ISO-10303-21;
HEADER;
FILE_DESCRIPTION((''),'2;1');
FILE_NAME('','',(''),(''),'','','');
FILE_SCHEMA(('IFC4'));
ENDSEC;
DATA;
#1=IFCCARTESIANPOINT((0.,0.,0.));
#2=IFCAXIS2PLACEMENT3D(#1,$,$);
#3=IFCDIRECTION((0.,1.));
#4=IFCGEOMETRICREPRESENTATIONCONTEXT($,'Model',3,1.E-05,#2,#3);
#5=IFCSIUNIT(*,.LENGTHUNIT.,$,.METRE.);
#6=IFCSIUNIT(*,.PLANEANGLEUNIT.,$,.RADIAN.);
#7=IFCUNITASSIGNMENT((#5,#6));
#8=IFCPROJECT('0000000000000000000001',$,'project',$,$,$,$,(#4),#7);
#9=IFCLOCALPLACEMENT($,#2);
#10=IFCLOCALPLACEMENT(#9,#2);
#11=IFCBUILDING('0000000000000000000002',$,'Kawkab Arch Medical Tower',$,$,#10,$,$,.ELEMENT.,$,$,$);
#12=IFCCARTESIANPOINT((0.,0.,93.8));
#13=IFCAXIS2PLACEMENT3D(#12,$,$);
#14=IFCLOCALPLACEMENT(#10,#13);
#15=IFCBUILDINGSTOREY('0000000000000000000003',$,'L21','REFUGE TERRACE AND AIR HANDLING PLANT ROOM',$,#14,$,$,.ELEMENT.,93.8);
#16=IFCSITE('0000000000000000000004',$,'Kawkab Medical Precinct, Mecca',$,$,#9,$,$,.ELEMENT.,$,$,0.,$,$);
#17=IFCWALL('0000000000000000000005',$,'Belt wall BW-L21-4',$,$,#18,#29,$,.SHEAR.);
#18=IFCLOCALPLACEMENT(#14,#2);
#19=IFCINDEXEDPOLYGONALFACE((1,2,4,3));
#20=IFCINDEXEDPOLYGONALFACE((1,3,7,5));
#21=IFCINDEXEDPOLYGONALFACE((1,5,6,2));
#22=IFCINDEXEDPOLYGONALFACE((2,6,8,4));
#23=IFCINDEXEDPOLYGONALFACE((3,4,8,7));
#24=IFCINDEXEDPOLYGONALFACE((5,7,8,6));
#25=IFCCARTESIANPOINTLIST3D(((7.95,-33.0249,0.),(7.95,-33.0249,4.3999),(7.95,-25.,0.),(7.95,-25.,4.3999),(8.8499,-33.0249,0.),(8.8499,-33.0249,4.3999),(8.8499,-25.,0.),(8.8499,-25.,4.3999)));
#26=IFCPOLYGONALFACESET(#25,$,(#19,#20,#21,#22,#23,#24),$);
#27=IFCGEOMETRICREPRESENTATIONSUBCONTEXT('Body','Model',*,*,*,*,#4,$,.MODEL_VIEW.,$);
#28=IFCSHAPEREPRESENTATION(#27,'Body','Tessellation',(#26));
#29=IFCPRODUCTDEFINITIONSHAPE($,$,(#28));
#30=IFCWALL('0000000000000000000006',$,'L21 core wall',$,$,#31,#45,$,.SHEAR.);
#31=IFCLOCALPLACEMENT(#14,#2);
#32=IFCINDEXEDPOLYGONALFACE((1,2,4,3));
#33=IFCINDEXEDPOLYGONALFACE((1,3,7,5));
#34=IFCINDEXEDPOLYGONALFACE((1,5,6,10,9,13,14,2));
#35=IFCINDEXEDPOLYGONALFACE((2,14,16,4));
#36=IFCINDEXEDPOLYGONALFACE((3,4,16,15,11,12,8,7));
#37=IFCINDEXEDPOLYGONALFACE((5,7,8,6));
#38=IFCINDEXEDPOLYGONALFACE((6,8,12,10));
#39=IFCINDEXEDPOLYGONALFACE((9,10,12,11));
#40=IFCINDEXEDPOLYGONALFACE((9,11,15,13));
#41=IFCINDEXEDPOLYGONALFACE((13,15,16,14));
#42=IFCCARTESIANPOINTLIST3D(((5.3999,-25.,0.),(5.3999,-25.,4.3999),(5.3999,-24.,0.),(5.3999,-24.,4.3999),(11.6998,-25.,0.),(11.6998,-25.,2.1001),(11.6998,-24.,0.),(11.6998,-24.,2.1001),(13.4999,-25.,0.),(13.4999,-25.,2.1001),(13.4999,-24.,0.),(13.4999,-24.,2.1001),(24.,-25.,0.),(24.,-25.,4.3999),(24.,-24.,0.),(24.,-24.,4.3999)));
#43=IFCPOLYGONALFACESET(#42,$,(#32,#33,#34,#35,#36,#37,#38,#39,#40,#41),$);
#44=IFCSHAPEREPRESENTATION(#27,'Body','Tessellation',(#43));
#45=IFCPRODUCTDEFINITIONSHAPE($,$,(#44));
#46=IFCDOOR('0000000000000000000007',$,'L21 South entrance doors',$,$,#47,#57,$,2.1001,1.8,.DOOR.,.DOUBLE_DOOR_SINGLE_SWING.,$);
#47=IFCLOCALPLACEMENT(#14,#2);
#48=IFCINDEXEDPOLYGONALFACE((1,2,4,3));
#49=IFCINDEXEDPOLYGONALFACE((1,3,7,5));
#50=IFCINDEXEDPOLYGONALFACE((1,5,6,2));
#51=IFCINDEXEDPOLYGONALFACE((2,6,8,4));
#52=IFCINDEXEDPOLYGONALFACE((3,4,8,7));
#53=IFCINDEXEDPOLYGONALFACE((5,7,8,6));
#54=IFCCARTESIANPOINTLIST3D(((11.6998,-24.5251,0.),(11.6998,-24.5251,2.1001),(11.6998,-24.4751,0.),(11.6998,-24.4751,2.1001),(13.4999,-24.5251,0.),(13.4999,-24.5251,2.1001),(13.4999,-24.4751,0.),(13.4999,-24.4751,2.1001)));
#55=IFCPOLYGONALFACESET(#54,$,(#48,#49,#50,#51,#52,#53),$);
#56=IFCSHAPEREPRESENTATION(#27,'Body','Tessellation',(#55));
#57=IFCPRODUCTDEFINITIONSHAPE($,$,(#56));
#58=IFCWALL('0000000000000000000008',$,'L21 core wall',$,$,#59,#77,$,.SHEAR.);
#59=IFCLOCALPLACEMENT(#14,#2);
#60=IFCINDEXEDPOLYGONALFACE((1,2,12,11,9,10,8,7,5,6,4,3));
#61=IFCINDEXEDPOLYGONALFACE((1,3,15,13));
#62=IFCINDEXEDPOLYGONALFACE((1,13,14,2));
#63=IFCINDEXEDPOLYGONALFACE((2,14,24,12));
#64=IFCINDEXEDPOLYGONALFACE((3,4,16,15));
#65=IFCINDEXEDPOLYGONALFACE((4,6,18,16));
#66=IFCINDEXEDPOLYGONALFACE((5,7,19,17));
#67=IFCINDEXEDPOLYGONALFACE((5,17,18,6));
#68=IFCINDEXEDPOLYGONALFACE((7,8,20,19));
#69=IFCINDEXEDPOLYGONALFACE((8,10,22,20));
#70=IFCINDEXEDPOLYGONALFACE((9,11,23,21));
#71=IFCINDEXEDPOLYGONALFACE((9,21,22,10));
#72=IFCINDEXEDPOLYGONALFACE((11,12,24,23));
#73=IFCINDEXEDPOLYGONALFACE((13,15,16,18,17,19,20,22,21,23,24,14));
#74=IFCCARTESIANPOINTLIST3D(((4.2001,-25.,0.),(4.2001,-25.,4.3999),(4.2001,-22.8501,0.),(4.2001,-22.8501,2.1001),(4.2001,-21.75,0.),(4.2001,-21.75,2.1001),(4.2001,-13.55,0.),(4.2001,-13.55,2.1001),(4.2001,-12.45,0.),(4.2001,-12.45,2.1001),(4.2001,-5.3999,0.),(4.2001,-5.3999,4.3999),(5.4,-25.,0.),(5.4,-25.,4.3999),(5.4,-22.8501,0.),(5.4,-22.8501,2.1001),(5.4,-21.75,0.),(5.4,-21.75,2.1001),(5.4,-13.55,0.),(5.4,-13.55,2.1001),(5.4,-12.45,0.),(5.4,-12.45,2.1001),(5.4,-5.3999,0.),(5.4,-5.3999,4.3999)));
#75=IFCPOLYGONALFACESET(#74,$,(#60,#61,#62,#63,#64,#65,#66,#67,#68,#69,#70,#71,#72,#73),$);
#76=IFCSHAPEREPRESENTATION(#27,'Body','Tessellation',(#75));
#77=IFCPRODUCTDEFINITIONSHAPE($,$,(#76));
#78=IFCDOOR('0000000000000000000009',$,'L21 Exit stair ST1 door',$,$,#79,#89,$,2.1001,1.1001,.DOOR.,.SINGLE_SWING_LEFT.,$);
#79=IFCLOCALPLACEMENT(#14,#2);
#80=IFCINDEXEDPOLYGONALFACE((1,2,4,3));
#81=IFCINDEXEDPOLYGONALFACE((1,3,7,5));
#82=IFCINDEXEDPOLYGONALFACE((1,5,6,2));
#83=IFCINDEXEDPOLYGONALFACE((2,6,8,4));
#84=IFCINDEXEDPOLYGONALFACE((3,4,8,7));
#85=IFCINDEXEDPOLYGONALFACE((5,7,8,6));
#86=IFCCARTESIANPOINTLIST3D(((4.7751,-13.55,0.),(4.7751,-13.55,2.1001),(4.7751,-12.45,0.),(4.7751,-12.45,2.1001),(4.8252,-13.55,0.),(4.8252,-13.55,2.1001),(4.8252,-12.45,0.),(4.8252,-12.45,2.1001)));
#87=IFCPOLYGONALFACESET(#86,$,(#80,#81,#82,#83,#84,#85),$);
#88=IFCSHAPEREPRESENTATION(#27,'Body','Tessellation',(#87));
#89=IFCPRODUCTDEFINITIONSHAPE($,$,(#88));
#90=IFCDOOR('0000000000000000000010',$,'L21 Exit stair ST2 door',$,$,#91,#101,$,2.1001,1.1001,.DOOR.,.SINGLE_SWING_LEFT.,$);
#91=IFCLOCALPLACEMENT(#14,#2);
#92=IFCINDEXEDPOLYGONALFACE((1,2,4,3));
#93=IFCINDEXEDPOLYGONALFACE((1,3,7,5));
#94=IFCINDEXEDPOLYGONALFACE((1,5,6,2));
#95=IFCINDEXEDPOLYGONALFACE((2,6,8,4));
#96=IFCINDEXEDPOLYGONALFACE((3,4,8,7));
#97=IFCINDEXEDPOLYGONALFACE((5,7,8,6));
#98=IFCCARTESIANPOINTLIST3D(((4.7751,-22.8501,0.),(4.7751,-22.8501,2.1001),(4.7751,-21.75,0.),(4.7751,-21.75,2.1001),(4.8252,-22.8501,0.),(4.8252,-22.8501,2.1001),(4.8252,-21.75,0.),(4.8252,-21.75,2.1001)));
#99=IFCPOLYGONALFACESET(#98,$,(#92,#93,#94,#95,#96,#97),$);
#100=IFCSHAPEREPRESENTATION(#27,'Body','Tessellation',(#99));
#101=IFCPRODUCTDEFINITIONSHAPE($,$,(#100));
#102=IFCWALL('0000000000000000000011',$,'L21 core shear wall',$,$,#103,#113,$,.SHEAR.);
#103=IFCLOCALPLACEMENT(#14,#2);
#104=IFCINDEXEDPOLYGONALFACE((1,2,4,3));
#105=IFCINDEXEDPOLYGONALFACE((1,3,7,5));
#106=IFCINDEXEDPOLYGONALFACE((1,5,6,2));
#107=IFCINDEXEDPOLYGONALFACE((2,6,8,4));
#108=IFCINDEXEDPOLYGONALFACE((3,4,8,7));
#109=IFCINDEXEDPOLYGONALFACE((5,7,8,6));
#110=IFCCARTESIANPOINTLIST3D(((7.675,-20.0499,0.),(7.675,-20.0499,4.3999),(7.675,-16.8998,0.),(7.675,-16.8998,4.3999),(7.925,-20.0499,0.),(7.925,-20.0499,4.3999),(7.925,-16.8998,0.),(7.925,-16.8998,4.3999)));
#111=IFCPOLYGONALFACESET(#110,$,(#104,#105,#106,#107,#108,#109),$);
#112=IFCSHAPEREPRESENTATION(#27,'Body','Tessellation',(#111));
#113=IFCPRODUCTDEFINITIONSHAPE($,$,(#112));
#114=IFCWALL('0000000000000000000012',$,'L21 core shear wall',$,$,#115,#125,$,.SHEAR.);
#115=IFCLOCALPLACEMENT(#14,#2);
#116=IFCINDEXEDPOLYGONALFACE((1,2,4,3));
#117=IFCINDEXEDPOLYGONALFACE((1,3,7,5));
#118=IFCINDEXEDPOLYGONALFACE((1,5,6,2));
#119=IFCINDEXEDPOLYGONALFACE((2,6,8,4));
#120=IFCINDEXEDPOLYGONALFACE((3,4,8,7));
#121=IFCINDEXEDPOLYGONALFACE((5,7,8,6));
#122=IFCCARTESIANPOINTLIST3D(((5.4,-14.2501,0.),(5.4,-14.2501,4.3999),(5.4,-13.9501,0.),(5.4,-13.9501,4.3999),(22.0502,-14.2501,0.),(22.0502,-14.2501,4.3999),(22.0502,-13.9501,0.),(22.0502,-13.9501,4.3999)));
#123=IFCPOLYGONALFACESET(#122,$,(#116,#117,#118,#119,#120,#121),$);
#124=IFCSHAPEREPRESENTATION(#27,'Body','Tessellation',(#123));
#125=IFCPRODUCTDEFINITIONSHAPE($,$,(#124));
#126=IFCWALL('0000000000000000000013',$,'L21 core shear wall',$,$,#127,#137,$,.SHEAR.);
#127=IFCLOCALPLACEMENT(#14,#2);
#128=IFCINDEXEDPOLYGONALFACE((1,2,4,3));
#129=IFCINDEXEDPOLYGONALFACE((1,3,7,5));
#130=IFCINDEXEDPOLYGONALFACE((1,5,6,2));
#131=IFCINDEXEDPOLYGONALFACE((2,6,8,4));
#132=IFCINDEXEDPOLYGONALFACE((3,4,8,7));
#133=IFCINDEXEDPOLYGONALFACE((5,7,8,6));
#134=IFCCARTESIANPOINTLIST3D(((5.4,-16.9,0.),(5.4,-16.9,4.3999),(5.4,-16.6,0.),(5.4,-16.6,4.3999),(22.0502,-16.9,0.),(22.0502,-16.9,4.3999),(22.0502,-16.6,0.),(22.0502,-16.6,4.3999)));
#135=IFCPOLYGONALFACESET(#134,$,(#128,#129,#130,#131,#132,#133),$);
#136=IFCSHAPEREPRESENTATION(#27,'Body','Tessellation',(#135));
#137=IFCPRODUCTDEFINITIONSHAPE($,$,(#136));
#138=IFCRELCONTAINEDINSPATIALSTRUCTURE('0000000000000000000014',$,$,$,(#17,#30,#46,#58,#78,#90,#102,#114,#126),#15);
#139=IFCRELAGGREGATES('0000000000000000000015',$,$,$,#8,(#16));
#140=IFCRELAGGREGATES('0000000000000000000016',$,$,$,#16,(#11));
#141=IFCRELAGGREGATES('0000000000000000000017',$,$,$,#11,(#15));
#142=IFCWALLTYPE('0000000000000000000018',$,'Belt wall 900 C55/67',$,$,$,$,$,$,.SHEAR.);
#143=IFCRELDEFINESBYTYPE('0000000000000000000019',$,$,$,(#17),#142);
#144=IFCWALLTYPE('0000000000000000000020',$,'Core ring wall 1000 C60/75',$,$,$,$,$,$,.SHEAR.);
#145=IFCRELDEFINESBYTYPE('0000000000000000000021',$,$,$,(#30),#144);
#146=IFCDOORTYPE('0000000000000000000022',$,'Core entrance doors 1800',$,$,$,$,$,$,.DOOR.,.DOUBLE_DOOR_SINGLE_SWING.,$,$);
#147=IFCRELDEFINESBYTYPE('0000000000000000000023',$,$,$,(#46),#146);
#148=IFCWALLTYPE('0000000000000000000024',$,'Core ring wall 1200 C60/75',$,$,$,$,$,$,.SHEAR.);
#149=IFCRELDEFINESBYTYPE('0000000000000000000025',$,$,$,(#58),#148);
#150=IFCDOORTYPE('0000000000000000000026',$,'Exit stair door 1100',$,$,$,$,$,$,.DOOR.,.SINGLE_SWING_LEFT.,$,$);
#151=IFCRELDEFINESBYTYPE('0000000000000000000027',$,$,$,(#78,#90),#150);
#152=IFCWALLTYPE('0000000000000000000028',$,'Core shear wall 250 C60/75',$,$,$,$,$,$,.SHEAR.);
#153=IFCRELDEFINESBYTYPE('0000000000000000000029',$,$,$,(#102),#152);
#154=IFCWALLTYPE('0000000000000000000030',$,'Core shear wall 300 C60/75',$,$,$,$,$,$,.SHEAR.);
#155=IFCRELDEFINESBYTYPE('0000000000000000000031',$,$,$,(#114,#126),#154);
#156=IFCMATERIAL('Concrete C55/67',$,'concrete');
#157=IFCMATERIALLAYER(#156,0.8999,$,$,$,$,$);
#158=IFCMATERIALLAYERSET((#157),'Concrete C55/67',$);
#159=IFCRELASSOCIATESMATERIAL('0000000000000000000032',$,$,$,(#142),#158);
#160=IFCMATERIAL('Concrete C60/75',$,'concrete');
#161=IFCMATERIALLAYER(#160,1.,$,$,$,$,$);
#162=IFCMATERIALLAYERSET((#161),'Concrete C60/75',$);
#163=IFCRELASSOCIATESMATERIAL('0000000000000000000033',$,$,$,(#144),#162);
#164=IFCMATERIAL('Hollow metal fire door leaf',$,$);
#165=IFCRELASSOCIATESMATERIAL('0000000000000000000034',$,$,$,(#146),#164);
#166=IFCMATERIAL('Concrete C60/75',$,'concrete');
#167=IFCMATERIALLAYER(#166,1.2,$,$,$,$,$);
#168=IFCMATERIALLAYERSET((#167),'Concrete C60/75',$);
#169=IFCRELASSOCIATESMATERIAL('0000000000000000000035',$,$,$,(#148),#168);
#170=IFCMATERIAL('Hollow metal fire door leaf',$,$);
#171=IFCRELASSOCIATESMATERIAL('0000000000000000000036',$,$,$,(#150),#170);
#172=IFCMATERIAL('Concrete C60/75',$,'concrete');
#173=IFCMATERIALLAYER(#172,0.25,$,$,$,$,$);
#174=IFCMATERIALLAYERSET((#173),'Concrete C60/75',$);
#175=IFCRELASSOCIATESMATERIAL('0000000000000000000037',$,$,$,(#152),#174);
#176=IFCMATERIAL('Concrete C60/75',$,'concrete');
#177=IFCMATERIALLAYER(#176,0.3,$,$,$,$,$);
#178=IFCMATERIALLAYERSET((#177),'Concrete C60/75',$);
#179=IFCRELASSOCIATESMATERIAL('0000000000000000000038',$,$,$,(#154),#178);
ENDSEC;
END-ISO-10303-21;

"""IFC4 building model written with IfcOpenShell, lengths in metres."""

from ifc_helpers import new_model, si_unit, direction, frame, frame_2d, origin, place, context, subcontext, project, spatial, rectangle, extrude, material, layer, layer_set, type_object, element, fill, save


model = new_model("IFC4")

# Units and contexts
model_context = context("Model", 3, precision=1e-05, world=origin(), true_north=direction((0.0, 1.0)))
body_context = subcontext(model_context, "Body", "Model", "MODEL_VIEW")
ifc_project = project(units=[si_unit("LENGTHUNIT", "METRE"), si_unit("PLANEANGLEUNIT", "RADIAN")], contexts=[model_context])

# Site, building, storey
site_placement = place(None, origin())
site = spatial("IfcSite", under=ifc_project, at=site_placement, Name="Kawkab Medical Precinct, Mecca", CompositionType="ELEMENT", RefElevation=0.0)
building_placement = place(site_placement, origin())
building = spatial("IfcBuilding", under=site, at=building_placement, Name="Kawkab Arch Medical Tower", CompositionType="ELEMENT")
storey_placement = place(building_placement, frame((0.0, 0.0, 93.8)))
storey = spatial("IfcBuildingStorey", under=building, at=storey_placement, Name="L21", Description="REFUGE TERRACE AND AIR HANDLING PLANT ROOM", CompositionType="ELEMENT", Elevation=93.8)

# Wall
ifc_material_1 = material(Name="Concrete C55/67", Category="concrete")
ifc_layer_1 = layer(ifc_material_1, 0.8999)
ifc_layer_set_1 = layer_set([ifc_layer_1], Name="Concrete C55/67")
wall_type_1 = type_object("IfcWallType", Name="Belt wall 900 C55/67", PredefinedType="SHEAR", material=ifc_layer_set_1)
wall_1_placement = place(storey_placement, frame((8.3999, -25.0, 0.0), z_axis=(0.0, 0.0, 1.0), x_axis=(0.0, -1.0, 0.0)))
element("IfcWall", 1, at=wall_1_placement, inside=storey, type_object=wall_type_1, Name="Belt wall BW-L21-4", PredefinedType="SHEAR", context=body_context, shape_type="SweptSolid", body=[
    extrude(rectangle(XDim=8.0249, YDim=0.8999, at=frame_2d((4.0125, 0.0))), origin(), (0.0, 0.0, 1.0), 4.3999),
])

# Wall, opening, door
ifc_material_2 = material(Name="Concrete C60/75", Category="concrete")
ifc_layer_2 = layer(ifc_material_2, 1.0)
ifc_layer_set_2 = layer_set([ifc_layer_2], Name="Concrete C60/75")
wall_type_2 = type_object("IfcWallType", Name="Core ring wall 1000 C60/75", PredefinedType="SHEAR", material=ifc_layer_set_2)
wall_2_placement = place(storey_placement, frame((5.3999, -24.5, 0.0), z_axis=(0.0, 0.0, 1.0), x_axis=(1.0, 0.0, 0.0)))
wall_2 = element("IfcWall", 2, at=wall_2_placement, inside=storey, type_object=wall_type_2, Name="L21 core wall", PredefinedType="SHEAR", context=body_context, shape_type="SweptSolid", body=[
    extrude(rectangle(XDim=18.6001, YDim=1.0, at=frame_2d((9.3, 0.0))), origin(), (0.0, 0.0, 1.0), 4.3999),
])
opening_1_placement = place(wall_2_placement, frame((6.3, 0.0, 0.0)))
opening_1 = element("IfcOpeningElement", 3, at=opening_1_placement, cuts=wall_2, PredefinedType="OPENING", context=body_context, shape_type="SweptSolid", body=[
    extrude(rectangle(XDim=1.8, YDim=2.1001, at=frame_2d((0.8999, 1.05))), frame((0.0, 0.51, 0.0), z_axis=(0.0, -1.0, 0.0), x_axis=(1.0, 0.0, 0.0)), (0.0, 0.0, 1.0), 1.02),
])
ifc_material_3 = material(Name="Hollow metal fire door leaf")
door_type_1 = type_object("IfcDoorType", Name="Core entrance doors 1800", OperationType="DOUBLE_DOOR_SINGLE_SWING", PredefinedType="DOOR", material=ifc_material_3)
door_1_placement = place(opening_1_placement, origin())
door_1 = element("IfcDoor", 4, at=door_1_placement, inside=storey, type_object=door_type_1, Name="L21 South entrance doors", OperationType="DOUBLE_DOOR_SINGLE_SWING", OverallHeight=2.1001, OverallWidth=1.8, PredefinedType="DOOR", context=body_context, shape_type="SweptSolid", body=[
    extrude(rectangle(XDim=1.8, YDim=2.1001, at=frame_2d((0.8999, 1.05))), frame((0.0, 0.0249, 0.0), z_axis=(0.0, -1.0, 0.0), x_axis=(1.0, 0.0, 0.0)), (0.0, 0.0, 1.0), 0.05),
])
fill(opening_1, door_1)

# Wall, openings, doors
ifc_material_4 = material(Name="Concrete C60/75", Category="concrete")
ifc_layer_3 = layer(ifc_material_4, 1.2)
ifc_layer_set_3 = layer_set([ifc_layer_3], Name="Concrete C60/75")
wall_type_3 = type_object("IfcWallType", Name="Core ring wall 1200 C60/75", PredefinedType="SHEAR", material=ifc_layer_set_3)
wall_3_placement = place(storey_placement, frame((4.8, -25.0, 0.0), z_axis=(0.0, 0.0, 1.0), x_axis=(0.0, 1.0, 0.0)))
wall_3 = element("IfcWall", 5, at=wall_3_placement, inside=storey, type_object=wall_type_3, Name="L21 core wall", PredefinedType="SHEAR", context=body_context, shape_type="SweptSolid", body=[
    extrude(rectangle(XDim=19.6001, YDim=1.2, at=frame_2d((9.8, 0.0))), origin(), (0.0, 0.0, 1.0), 4.3999),
])
opening_2_placement = place(wall_3_placement, frame((11.45, 0.0, 0.0)))
opening_2 = element("IfcOpeningElement", 6, at=opening_2_placement, cuts=wall_3, PredefinedType="OPENING", context=body_context, shape_type="SweptSolid", body=[
    extrude(rectangle(XDim=1.1001, YDim=2.1001, at=frame_2d((0.55, 1.05))), frame((0.0, 0.6099, 0.0), z_axis=(0.0, -1.0, 0.0), x_axis=(1.0, 0.0, 0.0)), (0.0, 0.0, 1.0), 1.22),
])
opening_3_placement = place(wall_3_placement, frame((2.1499, 0.0, 0.0)))
opening_3 = element("IfcOpeningElement", 7, at=opening_3_placement, cuts=wall_3, PredefinedType="OPENING", context=body_context, shape_type="SweptSolid", body=[
    extrude(rectangle(XDim=1.1001, YDim=2.1001, at=frame_2d((0.55, 1.05))), frame((0.0, 0.6099, 0.0), z_axis=(0.0, -1.0, 0.0), x_axis=(1.0, 0.0, 0.0)), (0.0, 0.0, 1.0), 1.22),
])
ifc_material_5 = material(Name="Hollow metal fire door leaf")
door_type_2 = type_object("IfcDoorType", Name="Exit stair door 1100", OperationType="SINGLE_SWING_LEFT", PredefinedType="DOOR", material=ifc_material_5)
door_2_placement = place(opening_2_placement, origin())
door_2 = element("IfcDoor", 8, at=door_2_placement, inside=storey, type_object=door_type_2, Name="L21 Exit stair ST1 door", OperationType="SINGLE_SWING_LEFT", OverallHeight=2.1001, OverallWidth=1.1001, PredefinedType="DOOR", context=body_context, shape_type="SweptSolid", body=[
    extrude(rectangle(XDim=1.1001, YDim=2.1001, at=frame_2d((0.55, 1.05))), frame((0.0, 0.0249, 0.0), z_axis=(0.0, -1.0, 0.0), x_axis=(1.0, 0.0, 0.0)), (0.0, 0.0, 1.0), 0.05),
])
fill(opening_2, door_2)
door_3_placement = place(opening_3_placement, origin())
door_3 = element("IfcDoor", 9, at=door_3_placement, inside=storey, type_object=door_type_2, Name="L21 Exit stair ST2 door", OperationType="SINGLE_SWING_LEFT", OverallHeight=2.1001, OverallWidth=1.1001, PredefinedType="DOOR", context=body_context, shape_type="SweptSolid", body=[
    extrude(rectangle(XDim=1.1001, YDim=2.1001, at=frame_2d((0.55, 1.05))), frame((0.0, 0.0249, 0.0), z_axis=(0.0, -1.0, 0.0), x_axis=(1.0, 0.0, 0.0)), (0.0, 0.0, 1.0), 0.05),
])
fill(opening_3, door_3)

# Walls
ifc_material_6 = material(Name="Concrete C60/75", Category="concrete")
ifc_layer_4 = layer(ifc_material_6, 0.25)
ifc_layer_set_4 = layer_set([ifc_layer_4], Name="Concrete C60/75")
wall_type_4 = type_object("IfcWallType", Name="Core shear wall 250 C60/75", PredefinedType="SHEAR", material=ifc_layer_set_4)
wall_4_placement = place(storey_placement, frame((7.8, -20.05, 0.0), z_axis=(0.0, 0.0, 1.0), x_axis=(0.0, 1.0, 0.0)))
element("IfcWall", 10, at=wall_4_placement, inside=storey, type_object=wall_type_4, Name="L21 core shear wall", PredefinedType="SHEAR", context=body_context, shape_type="SweptSolid", body=[
    extrude(rectangle(XDim=3.1501, YDim=0.25, at=frame_2d((1.5752, 0.0))), origin(), (0.0, 0.0, 1.0), 4.3999),
])
ifc_material_7 = material(Name="Concrete C60/75", Category="concrete")
ifc_layer_5 = layer(ifc_material_7, 0.3)
ifc_layer_set_5 = layer_set([ifc_layer_5], Name="Concrete C60/75")
wall_type_5 = type_object("IfcWallType", Name="Core shear wall 300 C60/75", PredefinedType="SHEAR", material=ifc_layer_set_5)
for number, where, z_axis, x_axis, name in (
    (11, (5.3999, -14.1001, 0.0), (0.0, 0.0, 1.0), (1.0, 0.0, 0.0), "L21 core shear wall"),
    (12, (5.3999, -16.75, 0.0), (0.0, 0.0, 1.0), (1.0, 0.0, 0.0), "L21 core shear wall"),
):
    element("IfcWall", number, at=place(storey_placement, frame(where, z_axis=z_axis, x_axis=x_axis)), inside=storey, type_object=wall_type_5, Name=name, PredefinedType="SHEAR", context=body_context, shape_type="SweptSolid", body=[
        extrude(rectangle(XDim=16.6501, YDim=0.3, at=frame_2d((8.3252, 0.0))), origin(), (0.0, 0.0, 1.0), 4.3999),
    ])

save(model, "model.ifc")
